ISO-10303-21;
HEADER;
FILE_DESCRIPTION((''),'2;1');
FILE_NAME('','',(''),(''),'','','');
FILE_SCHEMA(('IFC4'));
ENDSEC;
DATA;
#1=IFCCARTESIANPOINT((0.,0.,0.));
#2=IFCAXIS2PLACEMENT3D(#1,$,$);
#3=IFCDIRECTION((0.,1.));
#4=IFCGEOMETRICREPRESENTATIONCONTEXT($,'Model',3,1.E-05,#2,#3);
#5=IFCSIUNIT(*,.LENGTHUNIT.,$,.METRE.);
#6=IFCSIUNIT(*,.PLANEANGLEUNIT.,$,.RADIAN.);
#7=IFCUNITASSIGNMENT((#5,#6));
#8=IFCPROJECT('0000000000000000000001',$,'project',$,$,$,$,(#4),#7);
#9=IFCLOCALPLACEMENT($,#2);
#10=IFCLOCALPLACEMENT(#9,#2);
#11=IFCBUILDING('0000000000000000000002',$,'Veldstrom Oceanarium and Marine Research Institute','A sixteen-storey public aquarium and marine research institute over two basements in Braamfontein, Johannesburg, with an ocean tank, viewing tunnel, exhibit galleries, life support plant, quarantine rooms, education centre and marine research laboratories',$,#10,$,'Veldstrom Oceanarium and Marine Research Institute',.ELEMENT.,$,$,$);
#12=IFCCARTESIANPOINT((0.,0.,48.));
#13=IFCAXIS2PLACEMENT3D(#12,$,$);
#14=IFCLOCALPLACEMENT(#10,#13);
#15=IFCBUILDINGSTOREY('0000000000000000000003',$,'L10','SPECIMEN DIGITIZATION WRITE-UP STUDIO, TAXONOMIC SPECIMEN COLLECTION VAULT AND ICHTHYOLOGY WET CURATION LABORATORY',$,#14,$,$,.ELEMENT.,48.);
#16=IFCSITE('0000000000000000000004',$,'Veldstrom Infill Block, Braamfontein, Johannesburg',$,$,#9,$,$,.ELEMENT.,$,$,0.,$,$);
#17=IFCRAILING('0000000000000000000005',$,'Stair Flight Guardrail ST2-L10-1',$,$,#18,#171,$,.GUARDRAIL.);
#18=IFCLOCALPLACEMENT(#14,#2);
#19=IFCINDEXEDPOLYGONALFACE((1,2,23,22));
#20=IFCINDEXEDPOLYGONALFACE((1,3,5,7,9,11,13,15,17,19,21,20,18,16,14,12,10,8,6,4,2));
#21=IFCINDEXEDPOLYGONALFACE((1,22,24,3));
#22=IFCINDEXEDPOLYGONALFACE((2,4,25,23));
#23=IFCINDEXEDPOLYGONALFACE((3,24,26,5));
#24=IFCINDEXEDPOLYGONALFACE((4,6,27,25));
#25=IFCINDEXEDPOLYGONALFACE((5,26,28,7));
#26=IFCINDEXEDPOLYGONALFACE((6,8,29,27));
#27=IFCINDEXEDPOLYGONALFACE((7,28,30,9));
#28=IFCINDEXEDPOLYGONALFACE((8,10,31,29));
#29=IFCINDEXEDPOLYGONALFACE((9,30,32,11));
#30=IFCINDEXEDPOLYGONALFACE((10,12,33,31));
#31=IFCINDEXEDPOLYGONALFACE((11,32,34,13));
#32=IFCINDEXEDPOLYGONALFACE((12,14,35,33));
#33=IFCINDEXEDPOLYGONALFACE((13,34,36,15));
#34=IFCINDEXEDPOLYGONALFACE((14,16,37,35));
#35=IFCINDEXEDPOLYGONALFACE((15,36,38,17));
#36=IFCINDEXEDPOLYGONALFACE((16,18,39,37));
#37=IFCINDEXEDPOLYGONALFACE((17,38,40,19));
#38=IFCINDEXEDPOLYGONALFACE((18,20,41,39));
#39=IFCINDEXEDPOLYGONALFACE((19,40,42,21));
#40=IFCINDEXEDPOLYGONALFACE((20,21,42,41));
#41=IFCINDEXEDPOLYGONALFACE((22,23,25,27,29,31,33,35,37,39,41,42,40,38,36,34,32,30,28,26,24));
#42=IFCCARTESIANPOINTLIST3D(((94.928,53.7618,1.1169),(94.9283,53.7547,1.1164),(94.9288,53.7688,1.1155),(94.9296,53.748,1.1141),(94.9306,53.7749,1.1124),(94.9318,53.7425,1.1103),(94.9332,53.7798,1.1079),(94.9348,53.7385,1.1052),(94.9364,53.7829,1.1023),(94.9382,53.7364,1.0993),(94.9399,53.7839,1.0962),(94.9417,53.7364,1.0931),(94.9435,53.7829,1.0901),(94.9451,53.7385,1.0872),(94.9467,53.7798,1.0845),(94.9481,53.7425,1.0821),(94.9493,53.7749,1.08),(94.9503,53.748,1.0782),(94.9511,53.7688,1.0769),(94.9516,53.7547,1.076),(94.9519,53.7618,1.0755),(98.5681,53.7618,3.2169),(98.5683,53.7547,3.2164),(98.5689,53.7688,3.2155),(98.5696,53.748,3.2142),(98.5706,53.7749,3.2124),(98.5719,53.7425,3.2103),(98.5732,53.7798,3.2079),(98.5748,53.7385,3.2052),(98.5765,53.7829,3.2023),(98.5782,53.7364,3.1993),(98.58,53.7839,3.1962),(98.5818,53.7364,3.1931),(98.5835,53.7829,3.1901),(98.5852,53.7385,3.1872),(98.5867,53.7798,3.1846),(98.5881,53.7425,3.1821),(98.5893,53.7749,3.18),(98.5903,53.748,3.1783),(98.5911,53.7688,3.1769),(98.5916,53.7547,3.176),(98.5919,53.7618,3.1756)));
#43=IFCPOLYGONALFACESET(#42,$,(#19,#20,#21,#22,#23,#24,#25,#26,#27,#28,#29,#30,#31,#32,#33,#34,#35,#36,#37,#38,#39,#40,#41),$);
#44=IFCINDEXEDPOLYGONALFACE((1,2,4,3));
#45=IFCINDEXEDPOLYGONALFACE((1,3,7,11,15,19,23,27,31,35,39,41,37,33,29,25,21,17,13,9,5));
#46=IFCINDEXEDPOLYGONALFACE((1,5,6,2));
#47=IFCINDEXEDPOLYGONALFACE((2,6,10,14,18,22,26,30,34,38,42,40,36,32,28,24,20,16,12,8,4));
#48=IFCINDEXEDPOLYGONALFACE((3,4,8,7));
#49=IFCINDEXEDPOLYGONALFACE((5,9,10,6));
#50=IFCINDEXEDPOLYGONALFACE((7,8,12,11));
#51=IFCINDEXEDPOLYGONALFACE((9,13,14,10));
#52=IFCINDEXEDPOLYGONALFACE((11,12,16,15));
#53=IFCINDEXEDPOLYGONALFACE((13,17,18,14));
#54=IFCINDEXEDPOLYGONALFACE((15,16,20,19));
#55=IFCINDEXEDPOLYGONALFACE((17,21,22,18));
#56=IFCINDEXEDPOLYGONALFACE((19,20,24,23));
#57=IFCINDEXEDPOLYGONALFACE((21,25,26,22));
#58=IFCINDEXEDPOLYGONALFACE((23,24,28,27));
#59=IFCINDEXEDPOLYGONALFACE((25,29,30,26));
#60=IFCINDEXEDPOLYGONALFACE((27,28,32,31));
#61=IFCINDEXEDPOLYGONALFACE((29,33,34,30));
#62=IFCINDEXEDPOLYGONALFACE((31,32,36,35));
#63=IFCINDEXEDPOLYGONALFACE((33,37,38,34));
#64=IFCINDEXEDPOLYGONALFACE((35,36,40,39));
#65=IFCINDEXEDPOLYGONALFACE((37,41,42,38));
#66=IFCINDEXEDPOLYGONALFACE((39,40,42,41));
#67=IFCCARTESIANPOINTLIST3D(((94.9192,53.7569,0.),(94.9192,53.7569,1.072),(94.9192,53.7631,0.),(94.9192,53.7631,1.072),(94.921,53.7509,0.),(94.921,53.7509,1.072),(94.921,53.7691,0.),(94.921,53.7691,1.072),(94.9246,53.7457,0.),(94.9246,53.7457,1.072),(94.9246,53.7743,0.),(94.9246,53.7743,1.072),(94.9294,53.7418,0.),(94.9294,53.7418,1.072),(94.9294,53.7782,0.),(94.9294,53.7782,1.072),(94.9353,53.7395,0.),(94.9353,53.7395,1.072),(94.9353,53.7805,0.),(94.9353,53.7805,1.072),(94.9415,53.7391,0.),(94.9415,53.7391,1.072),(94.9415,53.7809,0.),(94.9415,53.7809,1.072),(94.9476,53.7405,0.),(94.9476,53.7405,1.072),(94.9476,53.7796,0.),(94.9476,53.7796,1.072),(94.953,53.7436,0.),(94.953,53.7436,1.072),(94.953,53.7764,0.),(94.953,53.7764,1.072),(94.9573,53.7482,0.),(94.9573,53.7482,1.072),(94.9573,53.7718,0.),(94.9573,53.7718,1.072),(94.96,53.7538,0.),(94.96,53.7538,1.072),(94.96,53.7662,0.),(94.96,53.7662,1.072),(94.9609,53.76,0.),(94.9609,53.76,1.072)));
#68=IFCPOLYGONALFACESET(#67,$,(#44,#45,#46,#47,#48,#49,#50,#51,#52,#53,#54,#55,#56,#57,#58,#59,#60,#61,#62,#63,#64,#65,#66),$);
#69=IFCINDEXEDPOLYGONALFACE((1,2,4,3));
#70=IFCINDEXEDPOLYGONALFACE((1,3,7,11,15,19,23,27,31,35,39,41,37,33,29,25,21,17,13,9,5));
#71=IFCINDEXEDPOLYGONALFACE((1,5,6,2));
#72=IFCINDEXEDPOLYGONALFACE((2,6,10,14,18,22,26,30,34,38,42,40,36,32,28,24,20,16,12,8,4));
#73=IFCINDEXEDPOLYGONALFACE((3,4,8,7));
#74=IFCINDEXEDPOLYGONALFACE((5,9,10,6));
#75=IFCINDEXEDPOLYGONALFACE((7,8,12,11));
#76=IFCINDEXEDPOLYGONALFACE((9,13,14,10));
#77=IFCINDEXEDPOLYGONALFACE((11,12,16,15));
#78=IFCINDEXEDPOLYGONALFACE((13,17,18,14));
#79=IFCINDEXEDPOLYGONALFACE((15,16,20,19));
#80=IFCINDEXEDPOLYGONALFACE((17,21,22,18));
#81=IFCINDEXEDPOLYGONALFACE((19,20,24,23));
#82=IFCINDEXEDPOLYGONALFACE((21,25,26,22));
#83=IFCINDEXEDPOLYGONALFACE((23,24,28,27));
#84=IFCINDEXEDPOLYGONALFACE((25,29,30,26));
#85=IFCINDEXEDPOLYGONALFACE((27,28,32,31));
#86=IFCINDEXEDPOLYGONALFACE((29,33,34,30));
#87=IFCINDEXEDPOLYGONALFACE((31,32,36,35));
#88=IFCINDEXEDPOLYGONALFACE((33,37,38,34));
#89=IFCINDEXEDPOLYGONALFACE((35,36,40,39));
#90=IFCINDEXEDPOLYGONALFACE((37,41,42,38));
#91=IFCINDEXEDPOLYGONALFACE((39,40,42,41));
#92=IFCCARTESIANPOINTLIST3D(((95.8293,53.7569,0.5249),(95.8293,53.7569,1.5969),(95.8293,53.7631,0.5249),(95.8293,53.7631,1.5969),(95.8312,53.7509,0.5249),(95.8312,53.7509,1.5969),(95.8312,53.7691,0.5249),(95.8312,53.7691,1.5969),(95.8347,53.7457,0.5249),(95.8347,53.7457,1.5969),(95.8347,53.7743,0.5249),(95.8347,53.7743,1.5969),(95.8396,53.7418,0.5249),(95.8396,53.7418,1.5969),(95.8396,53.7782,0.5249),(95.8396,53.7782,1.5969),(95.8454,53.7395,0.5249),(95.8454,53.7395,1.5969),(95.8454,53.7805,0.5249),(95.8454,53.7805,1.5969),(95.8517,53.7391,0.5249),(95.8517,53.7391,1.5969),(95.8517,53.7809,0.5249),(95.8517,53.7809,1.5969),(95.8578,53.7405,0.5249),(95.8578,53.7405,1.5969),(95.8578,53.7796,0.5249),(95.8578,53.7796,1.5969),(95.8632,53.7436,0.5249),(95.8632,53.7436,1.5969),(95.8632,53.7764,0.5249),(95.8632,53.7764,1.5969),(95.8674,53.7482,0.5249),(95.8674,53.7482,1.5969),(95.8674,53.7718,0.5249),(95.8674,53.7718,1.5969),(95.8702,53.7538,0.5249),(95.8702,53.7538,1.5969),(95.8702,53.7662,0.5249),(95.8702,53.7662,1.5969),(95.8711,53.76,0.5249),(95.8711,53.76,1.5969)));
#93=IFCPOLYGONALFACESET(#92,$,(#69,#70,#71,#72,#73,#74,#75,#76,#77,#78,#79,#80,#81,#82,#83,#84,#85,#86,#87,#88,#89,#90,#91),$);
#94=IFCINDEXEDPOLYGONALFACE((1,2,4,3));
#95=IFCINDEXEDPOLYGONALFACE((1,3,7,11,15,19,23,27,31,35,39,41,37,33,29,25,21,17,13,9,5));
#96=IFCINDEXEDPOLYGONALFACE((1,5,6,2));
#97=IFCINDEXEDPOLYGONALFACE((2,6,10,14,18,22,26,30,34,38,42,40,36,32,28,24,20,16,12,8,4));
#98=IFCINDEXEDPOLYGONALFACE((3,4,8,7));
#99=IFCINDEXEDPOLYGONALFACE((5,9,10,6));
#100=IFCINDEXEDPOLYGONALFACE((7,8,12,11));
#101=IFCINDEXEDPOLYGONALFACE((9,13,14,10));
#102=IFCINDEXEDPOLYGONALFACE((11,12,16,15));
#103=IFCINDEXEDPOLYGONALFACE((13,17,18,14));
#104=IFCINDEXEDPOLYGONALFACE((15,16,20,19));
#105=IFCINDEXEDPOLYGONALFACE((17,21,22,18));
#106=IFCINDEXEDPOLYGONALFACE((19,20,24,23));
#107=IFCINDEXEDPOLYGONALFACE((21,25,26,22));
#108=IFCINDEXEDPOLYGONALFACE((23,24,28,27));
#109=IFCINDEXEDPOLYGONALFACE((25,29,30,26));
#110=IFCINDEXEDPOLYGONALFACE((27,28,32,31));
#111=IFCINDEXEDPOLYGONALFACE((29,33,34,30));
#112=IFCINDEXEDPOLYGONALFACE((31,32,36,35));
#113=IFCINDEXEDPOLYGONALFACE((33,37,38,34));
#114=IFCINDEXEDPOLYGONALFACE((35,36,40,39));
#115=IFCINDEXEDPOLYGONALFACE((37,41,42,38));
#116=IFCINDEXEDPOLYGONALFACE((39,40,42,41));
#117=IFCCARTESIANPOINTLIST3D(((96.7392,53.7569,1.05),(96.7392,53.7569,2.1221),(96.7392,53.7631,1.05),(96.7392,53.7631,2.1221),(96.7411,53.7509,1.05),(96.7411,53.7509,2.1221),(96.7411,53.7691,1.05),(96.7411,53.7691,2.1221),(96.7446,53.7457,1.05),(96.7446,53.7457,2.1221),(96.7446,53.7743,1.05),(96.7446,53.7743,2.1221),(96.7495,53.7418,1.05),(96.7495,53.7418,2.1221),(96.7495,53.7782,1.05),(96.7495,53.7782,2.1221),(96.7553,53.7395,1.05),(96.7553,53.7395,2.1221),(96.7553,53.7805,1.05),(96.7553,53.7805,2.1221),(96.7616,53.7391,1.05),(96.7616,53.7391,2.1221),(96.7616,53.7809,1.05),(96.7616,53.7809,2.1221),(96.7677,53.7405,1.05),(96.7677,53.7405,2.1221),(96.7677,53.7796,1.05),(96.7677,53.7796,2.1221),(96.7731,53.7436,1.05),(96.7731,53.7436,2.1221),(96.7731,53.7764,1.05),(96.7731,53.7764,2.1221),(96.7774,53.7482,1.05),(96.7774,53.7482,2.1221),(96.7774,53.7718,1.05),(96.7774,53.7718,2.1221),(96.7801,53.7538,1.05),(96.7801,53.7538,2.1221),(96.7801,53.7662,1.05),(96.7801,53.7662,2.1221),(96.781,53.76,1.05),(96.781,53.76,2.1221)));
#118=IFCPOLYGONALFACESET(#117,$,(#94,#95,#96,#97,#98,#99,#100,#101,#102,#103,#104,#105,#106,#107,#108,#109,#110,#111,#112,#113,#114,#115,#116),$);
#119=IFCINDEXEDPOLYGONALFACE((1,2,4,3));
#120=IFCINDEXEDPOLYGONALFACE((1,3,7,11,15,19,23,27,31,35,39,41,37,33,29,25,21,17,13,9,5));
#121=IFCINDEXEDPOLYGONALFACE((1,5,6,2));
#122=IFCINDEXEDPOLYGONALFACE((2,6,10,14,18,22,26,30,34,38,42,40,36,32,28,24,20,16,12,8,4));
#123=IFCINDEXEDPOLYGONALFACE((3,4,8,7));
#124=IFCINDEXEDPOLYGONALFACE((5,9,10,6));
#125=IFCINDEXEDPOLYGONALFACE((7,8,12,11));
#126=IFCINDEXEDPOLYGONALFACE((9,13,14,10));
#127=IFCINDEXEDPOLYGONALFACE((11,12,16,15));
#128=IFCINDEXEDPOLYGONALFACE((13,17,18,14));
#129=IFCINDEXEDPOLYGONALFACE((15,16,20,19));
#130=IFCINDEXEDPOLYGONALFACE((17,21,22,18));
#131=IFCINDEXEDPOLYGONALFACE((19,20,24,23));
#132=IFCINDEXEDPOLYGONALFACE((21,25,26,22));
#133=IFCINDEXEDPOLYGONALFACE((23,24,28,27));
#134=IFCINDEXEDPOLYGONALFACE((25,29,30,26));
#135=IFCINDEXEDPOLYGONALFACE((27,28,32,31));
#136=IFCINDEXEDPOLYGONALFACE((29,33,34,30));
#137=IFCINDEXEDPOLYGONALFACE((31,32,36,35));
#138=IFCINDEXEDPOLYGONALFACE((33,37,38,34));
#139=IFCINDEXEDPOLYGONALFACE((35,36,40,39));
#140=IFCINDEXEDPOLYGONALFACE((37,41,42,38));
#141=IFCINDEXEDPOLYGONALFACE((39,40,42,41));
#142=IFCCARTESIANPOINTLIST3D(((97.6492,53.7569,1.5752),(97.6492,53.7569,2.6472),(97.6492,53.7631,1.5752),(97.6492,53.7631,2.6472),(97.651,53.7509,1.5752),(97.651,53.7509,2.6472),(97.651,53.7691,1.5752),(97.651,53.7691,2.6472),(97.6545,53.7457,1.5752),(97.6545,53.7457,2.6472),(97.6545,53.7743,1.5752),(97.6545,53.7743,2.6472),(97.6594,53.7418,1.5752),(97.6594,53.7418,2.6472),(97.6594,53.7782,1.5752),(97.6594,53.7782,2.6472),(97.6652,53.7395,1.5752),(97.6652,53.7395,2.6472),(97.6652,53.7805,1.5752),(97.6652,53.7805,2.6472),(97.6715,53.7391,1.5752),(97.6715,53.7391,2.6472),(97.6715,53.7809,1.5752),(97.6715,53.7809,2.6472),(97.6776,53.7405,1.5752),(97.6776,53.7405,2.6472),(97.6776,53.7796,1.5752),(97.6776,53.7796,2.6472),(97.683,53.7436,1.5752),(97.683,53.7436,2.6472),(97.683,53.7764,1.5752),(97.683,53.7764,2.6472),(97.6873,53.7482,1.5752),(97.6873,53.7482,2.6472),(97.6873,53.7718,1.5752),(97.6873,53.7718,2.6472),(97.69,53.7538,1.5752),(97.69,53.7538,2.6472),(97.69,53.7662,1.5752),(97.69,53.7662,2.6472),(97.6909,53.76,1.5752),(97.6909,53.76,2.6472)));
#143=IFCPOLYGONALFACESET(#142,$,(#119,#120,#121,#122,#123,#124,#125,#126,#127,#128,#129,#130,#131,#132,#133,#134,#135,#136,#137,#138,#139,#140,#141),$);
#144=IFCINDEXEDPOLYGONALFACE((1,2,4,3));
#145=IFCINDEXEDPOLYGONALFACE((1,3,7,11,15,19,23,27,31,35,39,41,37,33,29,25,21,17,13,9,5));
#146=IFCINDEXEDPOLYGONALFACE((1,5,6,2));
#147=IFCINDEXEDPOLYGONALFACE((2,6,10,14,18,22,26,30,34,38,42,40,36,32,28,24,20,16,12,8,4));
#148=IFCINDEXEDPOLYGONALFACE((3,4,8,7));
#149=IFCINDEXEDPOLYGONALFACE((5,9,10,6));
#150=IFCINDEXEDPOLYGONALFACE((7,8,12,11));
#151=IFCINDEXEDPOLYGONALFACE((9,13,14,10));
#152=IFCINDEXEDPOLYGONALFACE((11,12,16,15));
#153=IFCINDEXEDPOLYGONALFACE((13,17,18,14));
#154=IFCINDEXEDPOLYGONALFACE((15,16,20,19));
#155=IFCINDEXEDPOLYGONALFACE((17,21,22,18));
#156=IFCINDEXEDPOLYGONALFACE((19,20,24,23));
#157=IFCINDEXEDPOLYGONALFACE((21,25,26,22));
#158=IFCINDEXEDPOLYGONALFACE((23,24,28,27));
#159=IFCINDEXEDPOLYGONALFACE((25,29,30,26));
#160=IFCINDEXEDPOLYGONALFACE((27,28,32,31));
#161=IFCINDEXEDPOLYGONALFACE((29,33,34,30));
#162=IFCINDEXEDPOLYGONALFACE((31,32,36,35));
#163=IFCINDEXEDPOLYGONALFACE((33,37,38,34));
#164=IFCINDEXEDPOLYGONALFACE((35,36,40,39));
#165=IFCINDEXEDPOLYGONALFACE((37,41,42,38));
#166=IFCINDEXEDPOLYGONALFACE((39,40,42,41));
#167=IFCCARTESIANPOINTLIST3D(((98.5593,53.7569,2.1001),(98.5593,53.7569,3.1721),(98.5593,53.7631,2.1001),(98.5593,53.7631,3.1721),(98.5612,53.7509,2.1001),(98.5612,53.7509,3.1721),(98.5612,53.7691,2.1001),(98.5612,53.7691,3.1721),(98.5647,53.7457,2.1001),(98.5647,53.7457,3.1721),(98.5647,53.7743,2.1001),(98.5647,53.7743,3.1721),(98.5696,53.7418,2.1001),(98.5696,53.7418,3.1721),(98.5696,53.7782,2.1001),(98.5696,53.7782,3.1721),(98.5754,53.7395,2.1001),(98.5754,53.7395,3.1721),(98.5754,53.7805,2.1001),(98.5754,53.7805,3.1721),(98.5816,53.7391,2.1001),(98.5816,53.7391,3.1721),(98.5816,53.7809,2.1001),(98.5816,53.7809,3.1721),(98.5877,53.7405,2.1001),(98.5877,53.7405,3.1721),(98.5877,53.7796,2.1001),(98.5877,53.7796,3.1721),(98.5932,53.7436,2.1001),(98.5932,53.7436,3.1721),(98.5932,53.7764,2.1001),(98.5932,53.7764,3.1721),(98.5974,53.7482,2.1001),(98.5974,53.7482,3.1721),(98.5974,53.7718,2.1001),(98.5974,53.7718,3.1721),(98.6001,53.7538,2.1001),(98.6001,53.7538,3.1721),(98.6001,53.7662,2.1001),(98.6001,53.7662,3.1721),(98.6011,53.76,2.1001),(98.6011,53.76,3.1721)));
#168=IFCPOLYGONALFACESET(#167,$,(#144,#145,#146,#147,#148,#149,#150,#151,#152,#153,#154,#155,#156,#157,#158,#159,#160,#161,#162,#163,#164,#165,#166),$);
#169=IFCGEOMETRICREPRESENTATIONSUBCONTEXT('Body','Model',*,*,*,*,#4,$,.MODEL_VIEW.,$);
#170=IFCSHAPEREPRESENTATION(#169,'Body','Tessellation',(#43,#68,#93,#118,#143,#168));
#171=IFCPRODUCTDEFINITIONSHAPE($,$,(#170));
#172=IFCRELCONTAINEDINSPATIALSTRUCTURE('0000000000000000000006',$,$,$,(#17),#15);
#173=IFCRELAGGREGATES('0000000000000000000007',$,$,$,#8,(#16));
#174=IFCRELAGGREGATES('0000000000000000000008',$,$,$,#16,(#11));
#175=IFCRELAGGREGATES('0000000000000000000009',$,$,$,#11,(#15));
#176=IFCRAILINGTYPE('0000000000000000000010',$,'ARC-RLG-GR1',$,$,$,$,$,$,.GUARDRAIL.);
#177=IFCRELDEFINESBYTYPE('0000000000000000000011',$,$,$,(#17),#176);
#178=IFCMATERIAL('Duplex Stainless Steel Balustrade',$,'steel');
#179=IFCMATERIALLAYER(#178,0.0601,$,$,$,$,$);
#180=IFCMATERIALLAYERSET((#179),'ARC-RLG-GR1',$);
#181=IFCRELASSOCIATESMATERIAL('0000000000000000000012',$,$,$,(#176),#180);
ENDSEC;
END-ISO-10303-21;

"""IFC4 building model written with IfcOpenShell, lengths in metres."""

from ifc_helpers import new_model, si_unit, direction, frame, origin, origin_2d, place, context, subcontext, project, spatial, circle, extrude, material, layer, layer_set, type_object, element, save


model = new_model("IFC4")

# Units and contexts
model_context = context("Model", 3, precision=1e-05, world=origin(), true_north=direction((0.0, 1.0)))
body_context = subcontext(model_context, "Body", "Model", "MODEL_VIEW")
ifc_project = project(units=[si_unit("LENGTHUNIT", "METRE"), si_unit("PLANEANGLEUNIT", "RADIAN")], contexts=[model_context])

# Site, building, storey
site_placement = place(None, origin())
site = spatial("IfcSite", under=ifc_project, at=site_placement, Name="Veldstrom Infill Block, Braamfontein, Johannesburg", CompositionType="ELEMENT", RefElevation=0.0)
building_placement = place(site_placement, origin())
building = spatial("IfcBuilding", under=site, at=building_placement, Name="Veldstrom Oceanarium and Marine Research Institute", Description="A sixteen-storey public aquarium and marine research institute over two basements in Braamfontein, Johannesburg, with an ocean tank, viewing tunnel, exhibit galleries, life support plant, quarantine rooms, education centre and marine research laboratories", LongName="Veldstrom Oceanarium and Marine Research Institute", CompositionType="ELEMENT")
storey_placement = place(building_placement, frame((0.0, 0.0, 48.0)))
storey = spatial("IfcBuildingStorey", under=building, at=storey_placement, Name="L10", Description="SPECIMEN DIGITIZATION WRITE-UP STUDIO, TAXONOMIC SPECIMEN COLLECTION VAULT AND ICHTHYOLOGY WET CURATION LABORATORY", CompositionType="ELEMENT", Elevation=48.0)

# Railing
ifc_material_1 = material(Name="Duplex Stainless Steel Balustrade", Category="steel")
ifc_layer_1 = layer(ifc_material_1, 0.0601)
ifc_layer_set_1 = layer_set([ifc_layer_1], Name="ARC-RLG-GR1")
railing_type_1 = type_object("IfcRailingType", Name="ARC-RLG-GR1", PredefinedType="GUARDRAIL", material=ifc_layer_set_1)
railing_1_placement = place(storey_placement, frame((94.9399, 53.76, 0.0)))
element("IfcRailing", 1, at=railing_1_placement, inside=storey, type_object=railing_type_1, Name="Stair Flight Guardrail ST2-L10-1", PredefinedType="GUARDRAIL", context=body_context, shape_type="SweptSolid", body=[
    extrude(circle(Radius=0.0239, at=origin_2d()), frame((0.0, 0.0, 1.0962), z_axis=(0.866184, 0.0, 0.499726), x_axis=(0.0, 1.0, 0.0)), (0.0, 0.0, 1.0), 4.2024),
    extrude(circle(Radius=0.021, at=origin_2d()), origin(), (0.0, 0.0, 1.0), 1.072),
    extrude(circle(Radius=0.021, at=origin_2d()), frame((0.9102, 0.0, 0.5249)), (0.0, 0.0, 1.0), 1.072),
    extrude(circle(Radius=0.021, at=origin_2d()), frame((1.8201, 0.0, 1.05)), (0.0, 0.0, 1.0), 1.072),
    extrude(circle(Radius=0.021, at=origin_2d()), frame((2.73, 0.0, 1.5752)), (0.0, 0.0, 1.0), 1.072),
    extrude(circle(Radius=0.021, at=origin_2d()), frame((3.6401, 0.0, 2.1001)), (0.0, 0.0, 1.0), 1.072),
])

save(model, "model.ifc")
